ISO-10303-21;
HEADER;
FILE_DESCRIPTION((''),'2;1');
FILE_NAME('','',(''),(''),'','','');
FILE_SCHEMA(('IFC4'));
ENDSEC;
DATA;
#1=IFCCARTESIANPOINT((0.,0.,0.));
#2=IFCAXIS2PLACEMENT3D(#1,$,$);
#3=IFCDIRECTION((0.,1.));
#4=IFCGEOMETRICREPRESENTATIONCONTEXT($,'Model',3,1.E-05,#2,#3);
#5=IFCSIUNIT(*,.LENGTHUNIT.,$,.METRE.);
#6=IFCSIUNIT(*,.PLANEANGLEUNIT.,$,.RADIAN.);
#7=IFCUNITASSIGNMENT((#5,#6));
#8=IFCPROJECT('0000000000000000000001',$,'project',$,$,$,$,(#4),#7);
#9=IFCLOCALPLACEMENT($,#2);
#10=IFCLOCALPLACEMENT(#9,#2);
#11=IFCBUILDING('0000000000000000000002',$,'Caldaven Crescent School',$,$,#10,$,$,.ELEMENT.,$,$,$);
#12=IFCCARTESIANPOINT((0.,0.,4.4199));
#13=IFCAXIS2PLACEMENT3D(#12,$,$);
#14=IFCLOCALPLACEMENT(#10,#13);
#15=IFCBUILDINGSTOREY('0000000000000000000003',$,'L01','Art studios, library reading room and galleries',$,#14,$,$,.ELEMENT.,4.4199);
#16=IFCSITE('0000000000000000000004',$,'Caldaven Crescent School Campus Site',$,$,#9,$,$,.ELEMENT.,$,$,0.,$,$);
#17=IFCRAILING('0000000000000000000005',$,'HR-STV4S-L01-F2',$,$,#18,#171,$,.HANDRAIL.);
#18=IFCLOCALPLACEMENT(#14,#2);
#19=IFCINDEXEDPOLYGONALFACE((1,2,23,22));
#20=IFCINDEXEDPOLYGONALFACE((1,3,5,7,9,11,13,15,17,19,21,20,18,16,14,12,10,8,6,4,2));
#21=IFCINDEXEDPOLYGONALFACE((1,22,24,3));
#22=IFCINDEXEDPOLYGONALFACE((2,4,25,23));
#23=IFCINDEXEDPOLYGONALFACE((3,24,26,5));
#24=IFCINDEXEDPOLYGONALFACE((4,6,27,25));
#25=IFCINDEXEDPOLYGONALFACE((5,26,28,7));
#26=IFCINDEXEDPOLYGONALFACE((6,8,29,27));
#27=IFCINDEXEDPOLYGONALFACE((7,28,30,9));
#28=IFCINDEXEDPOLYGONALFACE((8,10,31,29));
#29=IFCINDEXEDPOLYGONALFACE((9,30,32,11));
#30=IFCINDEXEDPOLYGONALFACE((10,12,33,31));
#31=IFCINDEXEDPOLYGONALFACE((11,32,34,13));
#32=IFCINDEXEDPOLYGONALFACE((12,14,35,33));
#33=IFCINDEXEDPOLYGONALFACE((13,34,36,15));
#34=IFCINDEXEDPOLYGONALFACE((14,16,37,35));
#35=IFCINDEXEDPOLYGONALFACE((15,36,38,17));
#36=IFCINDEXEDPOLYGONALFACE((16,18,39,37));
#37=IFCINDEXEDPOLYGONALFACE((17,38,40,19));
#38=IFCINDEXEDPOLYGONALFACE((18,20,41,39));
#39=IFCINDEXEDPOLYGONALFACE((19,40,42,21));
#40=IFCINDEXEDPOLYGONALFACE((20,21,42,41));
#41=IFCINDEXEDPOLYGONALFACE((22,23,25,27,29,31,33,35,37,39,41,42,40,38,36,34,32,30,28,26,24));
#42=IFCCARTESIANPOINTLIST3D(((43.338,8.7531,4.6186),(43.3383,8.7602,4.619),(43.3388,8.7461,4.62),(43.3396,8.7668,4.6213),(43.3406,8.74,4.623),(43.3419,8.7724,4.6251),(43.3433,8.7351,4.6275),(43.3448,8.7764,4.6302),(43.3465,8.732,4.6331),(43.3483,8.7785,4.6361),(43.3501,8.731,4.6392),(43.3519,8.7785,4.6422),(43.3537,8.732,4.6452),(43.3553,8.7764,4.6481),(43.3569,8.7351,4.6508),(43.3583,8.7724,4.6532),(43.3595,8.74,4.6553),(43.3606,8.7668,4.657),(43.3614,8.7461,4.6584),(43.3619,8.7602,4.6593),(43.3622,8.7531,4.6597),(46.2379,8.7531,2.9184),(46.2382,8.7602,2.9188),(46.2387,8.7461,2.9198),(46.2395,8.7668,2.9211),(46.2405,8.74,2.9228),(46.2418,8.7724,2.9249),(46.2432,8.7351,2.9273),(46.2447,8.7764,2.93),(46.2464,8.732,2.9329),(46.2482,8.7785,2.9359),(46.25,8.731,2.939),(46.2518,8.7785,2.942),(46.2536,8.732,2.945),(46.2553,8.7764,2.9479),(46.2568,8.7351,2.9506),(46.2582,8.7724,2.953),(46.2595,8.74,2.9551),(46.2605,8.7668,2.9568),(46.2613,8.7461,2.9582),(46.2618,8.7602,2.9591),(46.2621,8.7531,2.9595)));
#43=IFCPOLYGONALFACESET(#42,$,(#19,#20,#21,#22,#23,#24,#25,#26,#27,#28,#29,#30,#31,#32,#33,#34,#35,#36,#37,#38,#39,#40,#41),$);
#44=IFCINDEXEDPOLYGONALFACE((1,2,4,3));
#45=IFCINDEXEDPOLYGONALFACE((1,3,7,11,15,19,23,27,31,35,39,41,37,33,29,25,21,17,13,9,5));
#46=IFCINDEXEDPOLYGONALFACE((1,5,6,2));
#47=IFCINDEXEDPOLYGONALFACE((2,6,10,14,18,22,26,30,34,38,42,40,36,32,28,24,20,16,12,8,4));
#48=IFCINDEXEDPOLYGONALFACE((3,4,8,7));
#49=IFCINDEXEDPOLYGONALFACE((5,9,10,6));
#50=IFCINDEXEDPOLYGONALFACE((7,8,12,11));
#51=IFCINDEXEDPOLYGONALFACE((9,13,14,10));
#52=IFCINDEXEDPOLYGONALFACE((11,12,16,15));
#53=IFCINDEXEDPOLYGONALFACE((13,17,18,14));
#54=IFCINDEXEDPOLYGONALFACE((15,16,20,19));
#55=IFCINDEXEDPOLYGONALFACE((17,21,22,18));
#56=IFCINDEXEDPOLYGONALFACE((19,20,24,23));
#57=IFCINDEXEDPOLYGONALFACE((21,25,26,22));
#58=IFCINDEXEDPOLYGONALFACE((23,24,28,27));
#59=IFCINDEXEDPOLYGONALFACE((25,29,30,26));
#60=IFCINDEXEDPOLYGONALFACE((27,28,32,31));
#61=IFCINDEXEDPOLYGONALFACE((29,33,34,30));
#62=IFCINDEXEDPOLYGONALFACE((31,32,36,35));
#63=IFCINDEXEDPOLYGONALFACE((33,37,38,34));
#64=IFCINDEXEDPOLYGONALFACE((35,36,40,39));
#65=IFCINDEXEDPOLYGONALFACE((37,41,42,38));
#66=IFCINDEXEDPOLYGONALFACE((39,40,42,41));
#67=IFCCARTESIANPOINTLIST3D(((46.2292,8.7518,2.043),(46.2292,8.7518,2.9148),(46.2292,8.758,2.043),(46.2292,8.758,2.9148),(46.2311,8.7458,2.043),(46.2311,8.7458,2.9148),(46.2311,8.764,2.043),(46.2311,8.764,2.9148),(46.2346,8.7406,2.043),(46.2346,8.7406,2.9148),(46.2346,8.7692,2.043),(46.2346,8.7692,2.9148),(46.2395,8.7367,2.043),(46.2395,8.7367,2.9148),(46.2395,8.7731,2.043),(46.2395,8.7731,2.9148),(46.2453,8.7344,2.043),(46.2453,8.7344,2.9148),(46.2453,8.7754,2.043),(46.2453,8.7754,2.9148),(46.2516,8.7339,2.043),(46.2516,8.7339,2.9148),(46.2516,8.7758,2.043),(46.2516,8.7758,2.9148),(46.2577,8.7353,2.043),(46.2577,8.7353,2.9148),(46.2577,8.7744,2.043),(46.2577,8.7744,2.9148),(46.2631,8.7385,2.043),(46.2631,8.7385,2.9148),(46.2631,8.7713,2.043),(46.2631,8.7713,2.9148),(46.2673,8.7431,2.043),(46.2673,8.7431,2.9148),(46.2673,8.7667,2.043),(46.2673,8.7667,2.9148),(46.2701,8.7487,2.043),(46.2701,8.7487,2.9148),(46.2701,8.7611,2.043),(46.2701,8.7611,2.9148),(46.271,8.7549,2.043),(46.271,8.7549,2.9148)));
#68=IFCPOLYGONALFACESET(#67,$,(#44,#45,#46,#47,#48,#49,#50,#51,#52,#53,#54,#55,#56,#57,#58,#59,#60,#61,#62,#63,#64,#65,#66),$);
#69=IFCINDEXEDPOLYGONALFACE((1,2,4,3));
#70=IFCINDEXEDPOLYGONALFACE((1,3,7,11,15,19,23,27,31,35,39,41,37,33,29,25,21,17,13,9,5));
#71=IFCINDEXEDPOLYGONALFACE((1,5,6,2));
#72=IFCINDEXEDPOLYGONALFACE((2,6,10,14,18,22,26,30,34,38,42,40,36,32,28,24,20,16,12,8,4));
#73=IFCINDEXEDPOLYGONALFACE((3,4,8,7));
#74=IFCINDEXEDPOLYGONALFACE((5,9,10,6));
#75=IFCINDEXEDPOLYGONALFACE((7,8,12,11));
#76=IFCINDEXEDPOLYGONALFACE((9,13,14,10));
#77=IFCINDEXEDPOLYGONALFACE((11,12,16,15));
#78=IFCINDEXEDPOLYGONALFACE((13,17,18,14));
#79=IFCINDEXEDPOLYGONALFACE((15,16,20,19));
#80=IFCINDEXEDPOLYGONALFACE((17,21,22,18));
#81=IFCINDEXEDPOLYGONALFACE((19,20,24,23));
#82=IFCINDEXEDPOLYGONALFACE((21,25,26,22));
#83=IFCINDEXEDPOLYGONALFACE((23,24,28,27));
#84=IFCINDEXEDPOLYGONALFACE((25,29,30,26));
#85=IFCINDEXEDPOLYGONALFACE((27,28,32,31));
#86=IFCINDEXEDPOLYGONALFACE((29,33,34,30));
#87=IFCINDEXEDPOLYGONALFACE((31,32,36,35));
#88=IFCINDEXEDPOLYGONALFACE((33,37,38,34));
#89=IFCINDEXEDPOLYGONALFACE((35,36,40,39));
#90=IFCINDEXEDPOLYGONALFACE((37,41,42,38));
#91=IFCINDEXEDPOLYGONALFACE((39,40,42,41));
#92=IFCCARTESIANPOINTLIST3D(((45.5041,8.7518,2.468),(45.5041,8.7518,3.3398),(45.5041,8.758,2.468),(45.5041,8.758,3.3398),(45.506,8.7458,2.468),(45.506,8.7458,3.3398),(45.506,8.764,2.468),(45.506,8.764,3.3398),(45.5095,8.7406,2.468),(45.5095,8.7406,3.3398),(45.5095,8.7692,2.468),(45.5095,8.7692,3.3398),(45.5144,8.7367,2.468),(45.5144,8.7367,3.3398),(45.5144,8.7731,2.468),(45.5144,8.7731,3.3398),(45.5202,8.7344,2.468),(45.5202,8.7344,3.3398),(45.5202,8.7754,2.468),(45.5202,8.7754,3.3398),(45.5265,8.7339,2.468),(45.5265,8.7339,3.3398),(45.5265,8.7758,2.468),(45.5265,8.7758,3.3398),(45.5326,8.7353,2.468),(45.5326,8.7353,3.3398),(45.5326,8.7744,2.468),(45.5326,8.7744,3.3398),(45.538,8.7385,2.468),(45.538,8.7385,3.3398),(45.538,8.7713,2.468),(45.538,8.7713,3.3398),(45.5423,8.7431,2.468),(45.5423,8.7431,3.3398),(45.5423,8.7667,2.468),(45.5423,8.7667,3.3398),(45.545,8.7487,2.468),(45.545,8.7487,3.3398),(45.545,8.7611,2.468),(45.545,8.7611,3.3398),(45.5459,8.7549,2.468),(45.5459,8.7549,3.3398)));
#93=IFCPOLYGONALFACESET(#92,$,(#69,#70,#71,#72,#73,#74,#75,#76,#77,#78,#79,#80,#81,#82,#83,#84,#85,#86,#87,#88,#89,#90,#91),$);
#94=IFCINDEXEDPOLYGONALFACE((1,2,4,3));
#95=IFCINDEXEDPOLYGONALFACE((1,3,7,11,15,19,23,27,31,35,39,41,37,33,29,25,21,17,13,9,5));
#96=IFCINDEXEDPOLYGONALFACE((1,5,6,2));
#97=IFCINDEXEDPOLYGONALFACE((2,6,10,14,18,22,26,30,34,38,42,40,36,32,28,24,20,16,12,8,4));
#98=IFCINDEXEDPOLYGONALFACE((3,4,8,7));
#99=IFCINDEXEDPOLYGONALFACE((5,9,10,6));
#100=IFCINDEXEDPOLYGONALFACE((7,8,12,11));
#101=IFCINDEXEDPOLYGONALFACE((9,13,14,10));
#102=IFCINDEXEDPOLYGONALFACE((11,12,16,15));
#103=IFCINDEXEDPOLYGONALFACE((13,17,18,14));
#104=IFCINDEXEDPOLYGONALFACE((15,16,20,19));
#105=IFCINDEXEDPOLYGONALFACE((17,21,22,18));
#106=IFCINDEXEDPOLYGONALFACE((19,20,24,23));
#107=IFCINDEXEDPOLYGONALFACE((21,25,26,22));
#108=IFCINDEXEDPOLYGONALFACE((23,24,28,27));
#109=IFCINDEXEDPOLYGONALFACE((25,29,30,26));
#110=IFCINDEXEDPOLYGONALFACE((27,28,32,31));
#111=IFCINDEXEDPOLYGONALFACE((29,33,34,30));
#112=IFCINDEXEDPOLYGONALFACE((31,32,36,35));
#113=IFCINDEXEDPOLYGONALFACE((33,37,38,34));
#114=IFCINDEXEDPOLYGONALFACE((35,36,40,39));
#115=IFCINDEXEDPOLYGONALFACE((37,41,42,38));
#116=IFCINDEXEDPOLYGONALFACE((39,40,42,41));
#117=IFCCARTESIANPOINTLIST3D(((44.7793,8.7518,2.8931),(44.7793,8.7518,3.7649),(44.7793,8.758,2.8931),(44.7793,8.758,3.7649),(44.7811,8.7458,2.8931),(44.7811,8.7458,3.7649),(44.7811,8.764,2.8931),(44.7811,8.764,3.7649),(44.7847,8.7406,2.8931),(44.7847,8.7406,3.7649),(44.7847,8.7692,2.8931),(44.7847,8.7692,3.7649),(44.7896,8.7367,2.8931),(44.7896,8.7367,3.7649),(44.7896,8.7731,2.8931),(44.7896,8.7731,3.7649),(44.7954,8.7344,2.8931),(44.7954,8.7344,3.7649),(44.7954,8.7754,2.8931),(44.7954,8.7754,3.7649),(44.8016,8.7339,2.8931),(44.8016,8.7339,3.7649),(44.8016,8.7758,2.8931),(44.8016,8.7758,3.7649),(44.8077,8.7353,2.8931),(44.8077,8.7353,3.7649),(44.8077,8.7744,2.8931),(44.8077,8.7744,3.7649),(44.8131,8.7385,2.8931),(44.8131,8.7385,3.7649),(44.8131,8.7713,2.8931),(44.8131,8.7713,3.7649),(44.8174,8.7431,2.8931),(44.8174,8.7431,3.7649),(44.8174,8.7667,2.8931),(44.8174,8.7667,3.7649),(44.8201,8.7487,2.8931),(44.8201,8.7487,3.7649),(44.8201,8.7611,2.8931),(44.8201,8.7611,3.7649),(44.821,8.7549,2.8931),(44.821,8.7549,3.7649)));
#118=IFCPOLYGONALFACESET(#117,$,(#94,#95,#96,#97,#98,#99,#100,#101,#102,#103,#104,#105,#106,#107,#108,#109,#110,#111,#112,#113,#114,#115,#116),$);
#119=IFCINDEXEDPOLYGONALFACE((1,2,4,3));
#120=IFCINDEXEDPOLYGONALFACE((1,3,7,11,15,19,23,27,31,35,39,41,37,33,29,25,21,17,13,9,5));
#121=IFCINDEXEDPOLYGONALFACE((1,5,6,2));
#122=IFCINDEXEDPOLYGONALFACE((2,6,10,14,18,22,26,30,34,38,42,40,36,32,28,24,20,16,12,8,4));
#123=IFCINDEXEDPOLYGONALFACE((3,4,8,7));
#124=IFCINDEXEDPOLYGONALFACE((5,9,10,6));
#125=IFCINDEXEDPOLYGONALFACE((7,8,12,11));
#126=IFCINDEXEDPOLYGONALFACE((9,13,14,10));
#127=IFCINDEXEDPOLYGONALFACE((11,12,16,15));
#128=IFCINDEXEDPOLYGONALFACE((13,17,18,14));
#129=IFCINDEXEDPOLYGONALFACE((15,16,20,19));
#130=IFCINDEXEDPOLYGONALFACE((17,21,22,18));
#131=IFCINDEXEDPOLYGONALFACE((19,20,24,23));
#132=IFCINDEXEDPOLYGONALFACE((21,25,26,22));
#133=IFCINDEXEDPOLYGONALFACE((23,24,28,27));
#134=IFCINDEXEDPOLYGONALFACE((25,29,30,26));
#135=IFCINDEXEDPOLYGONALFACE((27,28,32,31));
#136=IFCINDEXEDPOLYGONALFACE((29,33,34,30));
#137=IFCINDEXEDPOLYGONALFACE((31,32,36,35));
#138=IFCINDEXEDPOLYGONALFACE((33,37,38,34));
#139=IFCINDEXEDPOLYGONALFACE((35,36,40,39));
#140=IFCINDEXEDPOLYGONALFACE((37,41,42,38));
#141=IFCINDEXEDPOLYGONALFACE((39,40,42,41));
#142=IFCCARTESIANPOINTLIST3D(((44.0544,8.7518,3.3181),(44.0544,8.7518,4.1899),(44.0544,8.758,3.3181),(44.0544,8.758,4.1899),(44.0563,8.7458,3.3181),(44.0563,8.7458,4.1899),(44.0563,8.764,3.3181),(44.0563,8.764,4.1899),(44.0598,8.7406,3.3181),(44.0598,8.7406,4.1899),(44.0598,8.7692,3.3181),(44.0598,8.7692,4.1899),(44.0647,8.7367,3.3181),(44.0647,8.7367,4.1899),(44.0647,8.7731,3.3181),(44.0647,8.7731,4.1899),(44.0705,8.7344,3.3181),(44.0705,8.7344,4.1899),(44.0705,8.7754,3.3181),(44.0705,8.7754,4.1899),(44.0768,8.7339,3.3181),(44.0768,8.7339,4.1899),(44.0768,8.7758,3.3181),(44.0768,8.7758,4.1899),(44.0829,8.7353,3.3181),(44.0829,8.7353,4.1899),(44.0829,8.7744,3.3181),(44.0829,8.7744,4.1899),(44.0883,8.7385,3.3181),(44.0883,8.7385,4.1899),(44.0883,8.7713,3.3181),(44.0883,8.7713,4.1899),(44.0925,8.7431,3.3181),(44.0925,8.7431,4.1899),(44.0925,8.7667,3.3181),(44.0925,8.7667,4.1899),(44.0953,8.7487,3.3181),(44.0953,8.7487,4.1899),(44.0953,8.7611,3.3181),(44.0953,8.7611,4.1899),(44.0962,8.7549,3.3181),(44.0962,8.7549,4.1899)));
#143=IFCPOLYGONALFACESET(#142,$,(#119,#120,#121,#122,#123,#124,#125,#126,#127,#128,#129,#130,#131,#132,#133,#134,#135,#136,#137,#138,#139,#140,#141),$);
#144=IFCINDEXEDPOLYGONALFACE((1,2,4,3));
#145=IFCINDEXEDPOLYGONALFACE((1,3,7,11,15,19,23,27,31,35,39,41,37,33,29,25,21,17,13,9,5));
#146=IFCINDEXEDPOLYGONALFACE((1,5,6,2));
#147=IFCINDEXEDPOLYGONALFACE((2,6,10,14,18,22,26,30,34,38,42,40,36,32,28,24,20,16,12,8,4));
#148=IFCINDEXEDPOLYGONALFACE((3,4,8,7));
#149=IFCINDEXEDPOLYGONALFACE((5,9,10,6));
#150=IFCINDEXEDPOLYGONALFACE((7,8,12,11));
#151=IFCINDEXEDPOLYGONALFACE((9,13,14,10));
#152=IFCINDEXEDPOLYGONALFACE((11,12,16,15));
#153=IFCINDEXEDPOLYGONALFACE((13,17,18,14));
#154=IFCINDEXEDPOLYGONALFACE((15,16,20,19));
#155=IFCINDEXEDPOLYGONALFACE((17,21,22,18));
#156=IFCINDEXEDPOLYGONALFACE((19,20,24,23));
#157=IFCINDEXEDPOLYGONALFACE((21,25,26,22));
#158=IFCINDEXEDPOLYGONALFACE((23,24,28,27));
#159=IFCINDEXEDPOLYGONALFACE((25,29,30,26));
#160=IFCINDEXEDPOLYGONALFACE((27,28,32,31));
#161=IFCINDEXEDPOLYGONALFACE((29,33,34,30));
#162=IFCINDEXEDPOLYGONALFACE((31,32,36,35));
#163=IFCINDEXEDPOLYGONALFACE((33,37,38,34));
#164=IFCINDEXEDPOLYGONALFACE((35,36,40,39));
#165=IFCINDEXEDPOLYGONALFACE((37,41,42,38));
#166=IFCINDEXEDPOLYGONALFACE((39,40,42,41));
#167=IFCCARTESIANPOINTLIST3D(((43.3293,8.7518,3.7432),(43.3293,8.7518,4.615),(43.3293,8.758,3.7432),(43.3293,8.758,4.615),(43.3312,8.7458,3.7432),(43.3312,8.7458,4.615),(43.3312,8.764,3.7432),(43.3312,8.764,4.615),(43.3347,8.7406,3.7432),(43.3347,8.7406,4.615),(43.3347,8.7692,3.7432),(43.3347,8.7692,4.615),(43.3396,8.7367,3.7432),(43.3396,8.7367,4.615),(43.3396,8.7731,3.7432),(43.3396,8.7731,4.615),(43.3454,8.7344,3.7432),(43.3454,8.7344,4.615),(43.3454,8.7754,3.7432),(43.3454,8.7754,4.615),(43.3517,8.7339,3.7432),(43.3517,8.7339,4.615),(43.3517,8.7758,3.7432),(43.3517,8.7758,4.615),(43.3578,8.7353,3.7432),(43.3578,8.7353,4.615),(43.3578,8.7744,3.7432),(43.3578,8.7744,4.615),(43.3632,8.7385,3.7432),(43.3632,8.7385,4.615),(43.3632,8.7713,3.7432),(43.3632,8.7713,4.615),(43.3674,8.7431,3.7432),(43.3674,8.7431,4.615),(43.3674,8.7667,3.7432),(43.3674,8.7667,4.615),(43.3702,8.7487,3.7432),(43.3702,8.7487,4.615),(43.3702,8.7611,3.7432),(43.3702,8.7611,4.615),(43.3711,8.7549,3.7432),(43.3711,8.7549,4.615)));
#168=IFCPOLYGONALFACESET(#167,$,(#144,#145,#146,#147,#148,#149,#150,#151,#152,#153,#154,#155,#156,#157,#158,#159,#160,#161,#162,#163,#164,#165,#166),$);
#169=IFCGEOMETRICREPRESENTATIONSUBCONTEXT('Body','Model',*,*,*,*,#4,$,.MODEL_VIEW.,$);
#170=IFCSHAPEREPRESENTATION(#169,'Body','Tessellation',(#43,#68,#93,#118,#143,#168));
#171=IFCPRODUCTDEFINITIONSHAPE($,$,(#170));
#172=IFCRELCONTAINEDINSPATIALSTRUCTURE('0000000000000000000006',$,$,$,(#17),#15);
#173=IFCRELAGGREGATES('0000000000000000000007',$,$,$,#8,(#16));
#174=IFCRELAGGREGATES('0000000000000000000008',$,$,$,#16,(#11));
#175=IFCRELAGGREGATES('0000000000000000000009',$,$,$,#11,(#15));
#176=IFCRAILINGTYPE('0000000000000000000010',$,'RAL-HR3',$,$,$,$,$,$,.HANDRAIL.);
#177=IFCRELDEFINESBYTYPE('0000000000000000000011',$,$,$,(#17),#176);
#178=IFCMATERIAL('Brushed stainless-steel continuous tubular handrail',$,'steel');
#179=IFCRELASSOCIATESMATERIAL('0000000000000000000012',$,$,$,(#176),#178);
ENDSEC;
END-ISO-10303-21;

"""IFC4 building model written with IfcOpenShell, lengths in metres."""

from ifc_helpers import new_model, si_unit, direction, frame, origin, origin_2d, place, context, subcontext, project, spatial, circle, extrude, material, type_object, element, save


model = new_model("IFC4")

# Units and contexts
model_context = context("Model", 3, precision=1e-05, world=origin(), true_north=direction((0.0, 1.0)))
body_context = subcontext(model_context, "Body", "Model", "MODEL_VIEW")
ifc_project = project(units=[si_unit("LENGTHUNIT", "METRE"), si_unit("PLANEANGLEUNIT", "RADIAN")], contexts=[model_context])

# Site, building, storey
site_placement = place(None, origin())
site = spatial("IfcSite", under=ifc_project, at=site_placement, Name="Caldaven Crescent School Campus Site", CompositionType="ELEMENT", RefElevation=0.0)
building_placement = place(site_placement, origin())
building = spatial("IfcBuilding", under=site, at=building_placement, Name="Caldaven Crescent School", CompositionType="ELEMENT")
storey_placement = place(building_placement, frame((0.0, 0.0, 4.4199)))
storey = spatial("IfcBuildingStorey", under=building, at=storey_placement, Name="L01", Description="Art studios, library reading room and galleries", CompositionType="ELEMENT", Elevation=4.4199)

# Railing
ifc_material_1 = material(Name="Brushed stainless-steel continuous tubular handrail", Category="steel")
railing_type = type_object("IfcRailingType", Name="RAL-HR3", PredefinedType="HANDRAIL", material=ifc_material_1)
railing_placement = place(storey_placement, frame((46.25, 8.7549, 2.043)))
element("IfcRailing", 1, at=railing_placement, inside=storey, type_object=railing_type, Name="HR-STV4S-L01-F2", PredefinedType="HANDRAIL", context=body_context, shape_type="SweptSolid", body=[
    extrude(circle(Radius=0.0239, at=origin_2d()), frame((0.0, 0.0, 0.896), z_axis=(-0.862665, 0.0, 0.505775), x_axis=(0.0, -1.0, 0.0)), (0.0, 0.0, 1.0), 3.3616),
    extrude(circle(Radius=0.021, at=origin_2d()), origin(), (0.0, 0.0, 1.0), 0.8718),
    extrude(circle(Radius=0.021, at=origin_2d()), frame((-0.7251, 0.0, 0.425)), (0.0, 0.0, 1.0), 0.8718),
    extrude(circle(Radius=0.021, at=origin_2d()), frame((-1.45, 0.0, 0.8501)), (0.0, 0.0, 1.0), 0.8718),
    extrude(circle(Radius=0.021, at=origin_2d()), frame((-2.1748, 0.0, 1.2751)), (0.0, 0.0, 1.0), 0.8718),
    extrude(circle(Radius=0.021, at=origin_2d()), frame((-2.8999, 0.0, 1.7002)), (0.0, 0.0, 1.0), 0.8718),
])

save(model, "model.ifc")
